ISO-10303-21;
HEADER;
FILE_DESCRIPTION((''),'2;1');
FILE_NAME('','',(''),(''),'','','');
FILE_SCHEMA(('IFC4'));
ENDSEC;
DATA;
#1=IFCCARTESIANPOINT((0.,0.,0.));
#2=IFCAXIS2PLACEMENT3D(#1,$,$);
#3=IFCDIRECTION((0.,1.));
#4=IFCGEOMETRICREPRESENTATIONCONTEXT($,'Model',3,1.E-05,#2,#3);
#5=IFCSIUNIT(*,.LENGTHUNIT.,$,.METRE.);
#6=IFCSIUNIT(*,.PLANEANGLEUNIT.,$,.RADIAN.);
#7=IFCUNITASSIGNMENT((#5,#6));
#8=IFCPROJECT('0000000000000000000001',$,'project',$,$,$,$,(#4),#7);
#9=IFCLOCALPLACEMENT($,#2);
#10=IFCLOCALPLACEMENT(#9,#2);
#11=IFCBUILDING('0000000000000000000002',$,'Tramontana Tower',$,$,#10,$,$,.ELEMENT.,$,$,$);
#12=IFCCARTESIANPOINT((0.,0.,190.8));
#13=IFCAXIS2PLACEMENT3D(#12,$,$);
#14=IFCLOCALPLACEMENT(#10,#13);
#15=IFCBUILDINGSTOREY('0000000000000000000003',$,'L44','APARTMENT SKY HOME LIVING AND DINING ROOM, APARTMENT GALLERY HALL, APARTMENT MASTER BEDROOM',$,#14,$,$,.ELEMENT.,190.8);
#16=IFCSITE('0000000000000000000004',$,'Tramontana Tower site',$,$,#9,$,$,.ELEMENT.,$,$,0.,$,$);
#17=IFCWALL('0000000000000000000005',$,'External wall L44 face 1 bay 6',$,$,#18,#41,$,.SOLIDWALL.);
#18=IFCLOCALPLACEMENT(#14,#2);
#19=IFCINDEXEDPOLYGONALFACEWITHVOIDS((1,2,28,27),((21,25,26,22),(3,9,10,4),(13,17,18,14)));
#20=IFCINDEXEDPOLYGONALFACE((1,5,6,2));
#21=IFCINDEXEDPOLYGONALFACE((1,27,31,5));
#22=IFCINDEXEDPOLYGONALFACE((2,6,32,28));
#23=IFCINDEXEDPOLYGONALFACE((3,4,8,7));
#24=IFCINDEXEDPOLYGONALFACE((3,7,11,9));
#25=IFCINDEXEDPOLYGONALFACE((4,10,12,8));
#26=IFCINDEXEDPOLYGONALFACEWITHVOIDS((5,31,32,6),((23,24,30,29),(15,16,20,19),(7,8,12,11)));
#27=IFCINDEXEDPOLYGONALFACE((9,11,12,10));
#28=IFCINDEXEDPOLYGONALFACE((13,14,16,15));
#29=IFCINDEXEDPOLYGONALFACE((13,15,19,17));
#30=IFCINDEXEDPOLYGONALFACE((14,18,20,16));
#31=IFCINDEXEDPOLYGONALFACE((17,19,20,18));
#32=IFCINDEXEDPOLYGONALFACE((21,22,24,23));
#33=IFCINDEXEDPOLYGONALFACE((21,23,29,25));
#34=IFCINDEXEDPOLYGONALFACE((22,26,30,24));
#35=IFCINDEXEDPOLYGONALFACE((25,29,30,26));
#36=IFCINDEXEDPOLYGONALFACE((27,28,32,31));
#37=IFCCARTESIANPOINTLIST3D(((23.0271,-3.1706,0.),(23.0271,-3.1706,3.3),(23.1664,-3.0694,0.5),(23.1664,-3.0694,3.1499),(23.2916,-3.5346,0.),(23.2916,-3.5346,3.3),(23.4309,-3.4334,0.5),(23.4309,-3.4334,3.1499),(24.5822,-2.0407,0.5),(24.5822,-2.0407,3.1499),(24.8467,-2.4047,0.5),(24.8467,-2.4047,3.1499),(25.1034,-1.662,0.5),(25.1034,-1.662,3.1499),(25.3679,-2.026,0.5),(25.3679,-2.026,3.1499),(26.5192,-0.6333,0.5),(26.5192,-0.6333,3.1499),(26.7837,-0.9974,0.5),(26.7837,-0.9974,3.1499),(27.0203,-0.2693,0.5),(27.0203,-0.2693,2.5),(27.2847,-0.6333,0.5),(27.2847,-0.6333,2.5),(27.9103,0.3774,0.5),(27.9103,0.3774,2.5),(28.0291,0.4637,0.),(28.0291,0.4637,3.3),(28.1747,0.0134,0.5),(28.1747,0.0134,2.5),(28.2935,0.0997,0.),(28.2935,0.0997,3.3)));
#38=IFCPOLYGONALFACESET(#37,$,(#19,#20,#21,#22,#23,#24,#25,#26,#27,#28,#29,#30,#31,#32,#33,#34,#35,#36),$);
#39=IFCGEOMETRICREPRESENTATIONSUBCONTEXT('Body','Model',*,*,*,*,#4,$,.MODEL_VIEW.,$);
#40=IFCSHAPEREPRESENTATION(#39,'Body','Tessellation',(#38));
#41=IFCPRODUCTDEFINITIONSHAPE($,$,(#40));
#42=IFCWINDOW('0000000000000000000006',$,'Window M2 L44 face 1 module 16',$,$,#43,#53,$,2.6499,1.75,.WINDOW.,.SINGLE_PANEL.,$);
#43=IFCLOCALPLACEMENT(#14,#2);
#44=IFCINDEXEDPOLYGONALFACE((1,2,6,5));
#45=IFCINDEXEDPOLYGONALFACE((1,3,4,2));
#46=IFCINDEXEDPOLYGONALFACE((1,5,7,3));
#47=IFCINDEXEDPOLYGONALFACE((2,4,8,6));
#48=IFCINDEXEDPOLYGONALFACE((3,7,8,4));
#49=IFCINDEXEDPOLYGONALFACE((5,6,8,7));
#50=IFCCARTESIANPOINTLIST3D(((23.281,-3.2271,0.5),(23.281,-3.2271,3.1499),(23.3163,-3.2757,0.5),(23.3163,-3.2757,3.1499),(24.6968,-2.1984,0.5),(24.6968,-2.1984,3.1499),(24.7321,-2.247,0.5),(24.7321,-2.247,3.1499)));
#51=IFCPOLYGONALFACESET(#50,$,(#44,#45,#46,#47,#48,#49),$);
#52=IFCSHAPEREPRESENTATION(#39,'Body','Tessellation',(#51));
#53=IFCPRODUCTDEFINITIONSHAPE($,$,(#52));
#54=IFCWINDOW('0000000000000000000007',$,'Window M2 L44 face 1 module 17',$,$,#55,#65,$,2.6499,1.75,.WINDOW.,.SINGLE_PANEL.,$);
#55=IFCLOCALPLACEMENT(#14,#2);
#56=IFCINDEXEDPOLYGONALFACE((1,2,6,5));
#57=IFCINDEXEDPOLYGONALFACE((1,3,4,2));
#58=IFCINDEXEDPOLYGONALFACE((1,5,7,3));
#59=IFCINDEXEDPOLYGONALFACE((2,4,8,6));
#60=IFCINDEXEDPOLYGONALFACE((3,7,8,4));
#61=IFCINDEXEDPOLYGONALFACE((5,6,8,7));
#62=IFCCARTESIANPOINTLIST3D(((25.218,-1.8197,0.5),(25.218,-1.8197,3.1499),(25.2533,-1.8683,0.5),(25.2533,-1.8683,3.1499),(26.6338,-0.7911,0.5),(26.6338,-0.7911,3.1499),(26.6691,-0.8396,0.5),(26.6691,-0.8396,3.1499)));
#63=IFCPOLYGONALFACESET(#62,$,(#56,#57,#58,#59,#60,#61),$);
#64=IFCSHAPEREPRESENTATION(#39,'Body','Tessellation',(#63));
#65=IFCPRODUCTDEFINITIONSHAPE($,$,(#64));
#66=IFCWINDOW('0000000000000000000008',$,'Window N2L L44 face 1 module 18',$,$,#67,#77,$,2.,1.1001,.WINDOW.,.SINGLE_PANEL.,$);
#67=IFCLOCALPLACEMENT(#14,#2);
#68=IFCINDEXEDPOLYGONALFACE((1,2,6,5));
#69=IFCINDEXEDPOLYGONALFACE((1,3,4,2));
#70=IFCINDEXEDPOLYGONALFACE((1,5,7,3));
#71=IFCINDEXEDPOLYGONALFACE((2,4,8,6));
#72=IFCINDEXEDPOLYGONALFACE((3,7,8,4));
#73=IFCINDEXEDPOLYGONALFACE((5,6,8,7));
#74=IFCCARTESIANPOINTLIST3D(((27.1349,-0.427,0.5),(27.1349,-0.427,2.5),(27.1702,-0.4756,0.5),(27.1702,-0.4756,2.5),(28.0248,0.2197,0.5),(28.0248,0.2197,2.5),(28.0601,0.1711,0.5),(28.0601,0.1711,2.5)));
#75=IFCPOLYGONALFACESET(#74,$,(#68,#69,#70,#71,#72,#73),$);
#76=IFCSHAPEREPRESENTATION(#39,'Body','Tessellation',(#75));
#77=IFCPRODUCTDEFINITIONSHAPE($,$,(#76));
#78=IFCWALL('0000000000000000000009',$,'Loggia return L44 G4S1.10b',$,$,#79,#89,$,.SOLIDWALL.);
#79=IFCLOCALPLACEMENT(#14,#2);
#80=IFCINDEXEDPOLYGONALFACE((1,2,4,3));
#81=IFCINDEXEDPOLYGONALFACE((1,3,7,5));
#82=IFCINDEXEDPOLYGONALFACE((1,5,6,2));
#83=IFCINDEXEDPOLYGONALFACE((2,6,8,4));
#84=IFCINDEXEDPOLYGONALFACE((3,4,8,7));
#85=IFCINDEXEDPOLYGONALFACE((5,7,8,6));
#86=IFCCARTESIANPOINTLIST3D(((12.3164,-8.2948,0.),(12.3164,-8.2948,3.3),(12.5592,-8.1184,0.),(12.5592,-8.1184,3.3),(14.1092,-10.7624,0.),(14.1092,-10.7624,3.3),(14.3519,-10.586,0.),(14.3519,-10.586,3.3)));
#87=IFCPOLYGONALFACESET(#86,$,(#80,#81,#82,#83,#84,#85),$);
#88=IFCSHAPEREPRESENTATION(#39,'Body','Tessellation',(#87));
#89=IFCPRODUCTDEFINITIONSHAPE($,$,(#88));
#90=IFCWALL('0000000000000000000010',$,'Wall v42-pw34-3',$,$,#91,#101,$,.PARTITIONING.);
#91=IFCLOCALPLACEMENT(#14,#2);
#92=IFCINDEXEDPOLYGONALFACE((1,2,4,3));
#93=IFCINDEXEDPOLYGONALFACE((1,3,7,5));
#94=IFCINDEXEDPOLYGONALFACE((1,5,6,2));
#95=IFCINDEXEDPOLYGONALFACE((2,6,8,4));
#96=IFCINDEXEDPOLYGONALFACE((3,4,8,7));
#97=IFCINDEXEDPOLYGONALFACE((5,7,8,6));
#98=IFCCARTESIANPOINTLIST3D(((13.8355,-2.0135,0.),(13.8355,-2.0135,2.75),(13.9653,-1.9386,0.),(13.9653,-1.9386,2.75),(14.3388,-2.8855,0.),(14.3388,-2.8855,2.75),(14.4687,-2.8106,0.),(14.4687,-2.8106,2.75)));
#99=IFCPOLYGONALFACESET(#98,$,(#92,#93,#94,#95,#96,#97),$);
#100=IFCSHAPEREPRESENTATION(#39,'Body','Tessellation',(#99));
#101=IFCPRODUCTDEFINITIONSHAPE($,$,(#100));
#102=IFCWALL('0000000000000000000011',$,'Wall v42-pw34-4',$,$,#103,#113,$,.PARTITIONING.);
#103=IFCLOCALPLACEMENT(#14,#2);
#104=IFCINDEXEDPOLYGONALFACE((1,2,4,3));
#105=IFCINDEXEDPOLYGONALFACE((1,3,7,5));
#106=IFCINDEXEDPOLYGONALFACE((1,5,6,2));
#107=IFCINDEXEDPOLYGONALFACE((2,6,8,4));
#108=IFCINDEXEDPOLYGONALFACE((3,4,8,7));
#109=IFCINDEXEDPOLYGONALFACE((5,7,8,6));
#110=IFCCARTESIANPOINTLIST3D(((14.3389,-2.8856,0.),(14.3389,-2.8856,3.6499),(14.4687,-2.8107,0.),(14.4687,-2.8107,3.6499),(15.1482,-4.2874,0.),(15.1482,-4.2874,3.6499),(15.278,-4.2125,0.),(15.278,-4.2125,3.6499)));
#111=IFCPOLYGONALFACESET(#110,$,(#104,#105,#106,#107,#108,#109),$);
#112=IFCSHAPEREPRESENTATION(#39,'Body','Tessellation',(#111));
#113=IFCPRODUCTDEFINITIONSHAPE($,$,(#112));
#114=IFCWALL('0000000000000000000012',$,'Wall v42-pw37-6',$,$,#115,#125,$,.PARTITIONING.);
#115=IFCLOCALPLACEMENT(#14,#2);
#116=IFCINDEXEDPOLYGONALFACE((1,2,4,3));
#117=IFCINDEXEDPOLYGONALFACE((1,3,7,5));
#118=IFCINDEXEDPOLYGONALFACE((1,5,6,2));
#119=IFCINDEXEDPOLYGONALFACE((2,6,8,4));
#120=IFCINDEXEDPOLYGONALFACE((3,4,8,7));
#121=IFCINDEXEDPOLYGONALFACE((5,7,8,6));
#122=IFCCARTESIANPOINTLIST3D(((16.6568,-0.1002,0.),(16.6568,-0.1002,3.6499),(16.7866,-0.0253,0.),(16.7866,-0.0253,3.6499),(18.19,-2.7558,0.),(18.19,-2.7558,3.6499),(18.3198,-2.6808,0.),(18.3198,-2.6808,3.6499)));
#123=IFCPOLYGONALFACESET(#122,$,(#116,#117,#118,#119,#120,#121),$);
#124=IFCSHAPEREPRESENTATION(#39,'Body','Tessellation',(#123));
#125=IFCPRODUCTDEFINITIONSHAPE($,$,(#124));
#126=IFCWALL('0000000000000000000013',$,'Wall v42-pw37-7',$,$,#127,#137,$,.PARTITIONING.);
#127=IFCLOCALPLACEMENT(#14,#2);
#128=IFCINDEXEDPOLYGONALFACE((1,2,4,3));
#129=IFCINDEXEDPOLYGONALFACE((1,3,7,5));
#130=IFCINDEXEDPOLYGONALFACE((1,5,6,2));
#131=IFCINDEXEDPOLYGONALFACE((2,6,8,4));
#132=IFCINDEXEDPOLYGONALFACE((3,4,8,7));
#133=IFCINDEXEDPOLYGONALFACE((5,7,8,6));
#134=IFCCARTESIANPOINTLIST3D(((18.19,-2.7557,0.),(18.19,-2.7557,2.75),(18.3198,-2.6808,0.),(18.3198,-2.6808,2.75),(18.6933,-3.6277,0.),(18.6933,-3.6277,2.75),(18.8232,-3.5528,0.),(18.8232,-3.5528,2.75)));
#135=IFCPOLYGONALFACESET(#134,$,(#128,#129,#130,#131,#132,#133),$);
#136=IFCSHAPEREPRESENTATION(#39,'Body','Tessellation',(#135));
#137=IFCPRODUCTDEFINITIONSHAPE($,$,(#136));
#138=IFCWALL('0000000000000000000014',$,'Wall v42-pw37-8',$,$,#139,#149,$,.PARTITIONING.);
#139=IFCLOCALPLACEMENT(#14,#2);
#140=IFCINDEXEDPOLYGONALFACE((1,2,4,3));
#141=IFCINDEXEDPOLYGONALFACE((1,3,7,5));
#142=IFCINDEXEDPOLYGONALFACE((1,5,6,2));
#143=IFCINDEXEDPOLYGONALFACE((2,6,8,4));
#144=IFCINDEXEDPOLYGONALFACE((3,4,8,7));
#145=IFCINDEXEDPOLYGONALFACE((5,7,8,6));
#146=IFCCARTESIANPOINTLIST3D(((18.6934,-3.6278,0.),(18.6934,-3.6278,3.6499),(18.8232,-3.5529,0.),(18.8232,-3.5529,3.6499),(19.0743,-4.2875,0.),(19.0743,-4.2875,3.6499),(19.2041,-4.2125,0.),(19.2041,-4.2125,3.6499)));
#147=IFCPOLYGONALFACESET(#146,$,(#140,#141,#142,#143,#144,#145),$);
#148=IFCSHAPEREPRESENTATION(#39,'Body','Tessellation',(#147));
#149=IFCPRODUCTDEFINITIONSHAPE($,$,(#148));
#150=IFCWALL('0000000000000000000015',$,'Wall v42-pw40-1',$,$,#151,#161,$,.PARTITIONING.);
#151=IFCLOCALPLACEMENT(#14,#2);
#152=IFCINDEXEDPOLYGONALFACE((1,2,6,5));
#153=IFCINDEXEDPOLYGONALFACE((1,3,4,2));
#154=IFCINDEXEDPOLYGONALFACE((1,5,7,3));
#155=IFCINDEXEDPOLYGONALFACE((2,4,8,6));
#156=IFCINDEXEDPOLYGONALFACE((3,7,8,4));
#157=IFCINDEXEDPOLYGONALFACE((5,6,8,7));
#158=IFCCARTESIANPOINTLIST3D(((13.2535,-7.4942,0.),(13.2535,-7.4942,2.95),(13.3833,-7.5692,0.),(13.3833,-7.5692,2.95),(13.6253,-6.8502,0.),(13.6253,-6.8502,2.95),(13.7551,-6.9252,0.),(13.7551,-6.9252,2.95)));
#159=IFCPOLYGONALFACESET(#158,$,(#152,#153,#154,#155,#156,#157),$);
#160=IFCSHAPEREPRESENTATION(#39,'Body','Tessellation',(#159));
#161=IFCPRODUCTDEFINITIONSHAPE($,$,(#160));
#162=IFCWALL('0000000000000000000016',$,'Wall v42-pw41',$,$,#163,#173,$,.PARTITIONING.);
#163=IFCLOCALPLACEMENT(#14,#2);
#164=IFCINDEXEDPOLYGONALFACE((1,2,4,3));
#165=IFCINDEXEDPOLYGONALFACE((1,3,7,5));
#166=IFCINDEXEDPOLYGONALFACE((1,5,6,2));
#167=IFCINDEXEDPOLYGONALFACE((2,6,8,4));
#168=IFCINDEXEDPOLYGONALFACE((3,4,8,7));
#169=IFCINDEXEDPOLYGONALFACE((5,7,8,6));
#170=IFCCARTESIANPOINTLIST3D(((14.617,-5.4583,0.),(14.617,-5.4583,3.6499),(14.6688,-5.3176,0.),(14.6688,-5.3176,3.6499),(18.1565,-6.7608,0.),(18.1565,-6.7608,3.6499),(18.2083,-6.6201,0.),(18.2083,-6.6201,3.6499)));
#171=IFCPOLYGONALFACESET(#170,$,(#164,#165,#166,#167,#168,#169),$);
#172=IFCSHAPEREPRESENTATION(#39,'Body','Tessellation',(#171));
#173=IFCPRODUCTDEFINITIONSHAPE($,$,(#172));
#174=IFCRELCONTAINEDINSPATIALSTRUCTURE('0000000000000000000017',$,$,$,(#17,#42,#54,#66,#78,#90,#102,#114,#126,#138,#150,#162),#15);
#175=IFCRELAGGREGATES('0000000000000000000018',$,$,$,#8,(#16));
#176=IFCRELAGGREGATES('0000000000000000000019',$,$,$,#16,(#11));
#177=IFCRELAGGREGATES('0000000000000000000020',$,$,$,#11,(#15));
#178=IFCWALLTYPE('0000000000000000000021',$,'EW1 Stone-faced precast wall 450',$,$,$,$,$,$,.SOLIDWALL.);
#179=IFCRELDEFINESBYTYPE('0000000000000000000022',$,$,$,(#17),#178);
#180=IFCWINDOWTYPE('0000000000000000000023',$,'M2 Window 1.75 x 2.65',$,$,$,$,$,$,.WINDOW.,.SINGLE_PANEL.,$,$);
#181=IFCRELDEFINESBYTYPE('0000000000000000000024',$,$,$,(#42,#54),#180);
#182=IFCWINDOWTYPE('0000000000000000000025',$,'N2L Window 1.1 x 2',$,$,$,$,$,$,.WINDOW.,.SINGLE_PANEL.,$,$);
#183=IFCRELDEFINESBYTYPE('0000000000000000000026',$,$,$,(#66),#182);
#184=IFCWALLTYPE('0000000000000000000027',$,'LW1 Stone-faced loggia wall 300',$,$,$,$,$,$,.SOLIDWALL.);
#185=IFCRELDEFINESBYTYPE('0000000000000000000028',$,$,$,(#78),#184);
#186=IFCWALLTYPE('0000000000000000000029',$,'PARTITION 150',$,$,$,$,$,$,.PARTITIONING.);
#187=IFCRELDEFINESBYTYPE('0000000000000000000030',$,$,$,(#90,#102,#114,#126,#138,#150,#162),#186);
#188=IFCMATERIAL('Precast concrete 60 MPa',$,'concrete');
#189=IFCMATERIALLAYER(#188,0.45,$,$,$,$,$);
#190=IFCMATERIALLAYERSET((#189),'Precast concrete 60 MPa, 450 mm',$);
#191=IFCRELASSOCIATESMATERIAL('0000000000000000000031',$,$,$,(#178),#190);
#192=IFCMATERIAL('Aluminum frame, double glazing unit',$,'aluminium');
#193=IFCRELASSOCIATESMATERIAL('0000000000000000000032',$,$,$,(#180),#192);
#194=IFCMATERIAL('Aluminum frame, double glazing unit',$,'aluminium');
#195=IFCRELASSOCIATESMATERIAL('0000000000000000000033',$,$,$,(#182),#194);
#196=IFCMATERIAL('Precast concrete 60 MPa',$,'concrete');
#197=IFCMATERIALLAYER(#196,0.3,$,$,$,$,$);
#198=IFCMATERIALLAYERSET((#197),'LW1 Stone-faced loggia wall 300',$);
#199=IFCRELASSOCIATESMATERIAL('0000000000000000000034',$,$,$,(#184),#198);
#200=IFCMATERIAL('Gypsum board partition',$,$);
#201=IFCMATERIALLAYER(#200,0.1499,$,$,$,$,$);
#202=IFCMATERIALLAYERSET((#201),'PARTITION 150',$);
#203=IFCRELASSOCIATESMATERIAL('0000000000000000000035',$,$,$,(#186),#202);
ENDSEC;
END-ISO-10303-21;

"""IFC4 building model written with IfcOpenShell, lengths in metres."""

from ifc_helpers import new_model, si_unit, direction, frame, frame_2d, origin, place, context, subcontext, project, spatial, rectangle, extrude, material, layer, layer_set, type_object, element, fill, save


model = new_model("IFC4")

# Units and contexts
model_context = context("Model", 3, precision=1e-05, world=origin(), true_north=direction((0.0, 1.0)))
body_context = subcontext(model_context, "Body", "Model", "MODEL_VIEW")
ifc_project = project(units=[si_unit("LENGTHUNIT", "METRE"), si_unit("PLANEANGLEUNIT", "RADIAN")], contexts=[model_context])

# Site, building, storey
site_placement = place(None, origin())
site = spatial("IfcSite", under=ifc_project, at=site_placement, Name="Tramontana Tower site", CompositionType="ELEMENT", RefElevation=0.0)
building_placement = place(site_placement, origin())
building = spatial("IfcBuilding", under=site, at=building_placement, Name="Tramontana Tower", CompositionType="ELEMENT")
storey_placement = place(building_placement, frame((0.0, 0.0, 190.8)))
storey = spatial("IfcBuildingStorey", under=building, at=storey_placement, Name="L44", Description="APARTMENT SKY HOME LIVING AND DINING ROOM, APARTMENT GALLERY HALL, APARTMENT MASTER BEDROOM", CompositionType="ELEMENT", Elevation=190.8)

# Shared definitions
ifc_material_1 = material(Name="Precast concrete 60 MPa", Category="concrete")
ifc_layer_1 = layer(ifc_material_1, 0.45)
ifc_layer_set_1 = layer_set([ifc_layer_1], Name="Precast concrete 60 MPa, 450 mm")
wall_type_1 = type_object("IfcWallType", Name="EW1 Stone-faced precast wall 450", PredefinedType="SOLIDWALL", material=ifc_layer_set_1)
ifc_material_2 = material(Name="Aluminum frame, double glazing unit", Category="aluminium")
window_type_1 = type_object("IfcWindowType", Name="M2 Window 1.75 x 2.65", PartitioningType="SINGLE_PANEL", PredefinedType="WINDOW", material=ifc_material_2)

# Wall, openings, windows
wall_1_placement = place(storey_placement, frame((23.1594, -3.3525, 0.0), z_axis=(0.0, 0.0, 1.0), x_axis=(0.809006, 0.587801, 0.0)))
wall_1 = element("IfcWall", 1, at=wall_1_placement, inside=storey, type_object=wall_type_1, Name="External wall L44 face 1 bay 6", PredefinedType="SOLIDWALL", context=body_context, shape_type="SweptSolid", body=[
    extrude(rectangle(XDim=6.1829, YDim=0.45, at=frame_2d((3.0913, 0.0))), origin(), (0.0, 0.0, 1.0), 3.3),
])
opening_1_placement = place(wall_1_placement, frame((0.1721, 0.0, 0.5)))
opening_1 = element("IfcOpeningElement", 2, at=opening_1_placement, cuts=wall_1, PredefinedType="OPENING", context=body_context, shape_type="SweptSolid", body=[
    extrude(rectangle(XDim=1.75, YDim=2.6499, at=frame_2d((0.875, 1.325))), frame((0.0, 0.2349, 0.0), z_axis=(0.0, -1.0, 0.0), x_axis=(1.0, 0.0, 0.0)), (0.0, 0.0, 1.0), 0.47),
])
opening_2_placement = place(wall_1_placement, frame((2.5664, 0.0, 0.5)))
opening_2 = element("IfcOpeningElement", 3, at=opening_2_placement, cuts=wall_1, PredefinedType="OPENING", context=body_context, shape_type="SweptSolid", body=[
    extrude(rectangle(XDim=1.75, YDim=2.6499, at=frame_2d((0.875, 1.325))), frame((0.0, 0.2349, 0.0), z_axis=(0.0, -1.0, 0.0), x_axis=(1.0, 0.0, 0.0)), (0.0, 0.0, 1.0), 0.47),
])
opening_3_placement = place(wall_1_placement, frame((4.9358, 0.0, 0.5)))
opening_3 = element("IfcOpeningElement", 4, at=opening_3_placement, cuts=wall_1, PredefinedType="OPENING", context=body_context, shape_type="SweptSolid", body=[
    extrude(rectangle(XDim=1.1001, YDim=2.0, at=frame_2d((0.55, 1.0))), frame((0.0, 0.2349, 0.0), z_axis=(0.0, -1.0, 0.0), x_axis=(1.0, 0.0, 0.0)), (0.0, 0.0, 1.0), 0.47),
])
window_1_placement = place(opening_1_placement, origin())
window_1 = element("IfcWindow", 5, at=window_1_placement, inside=storey, type_object=window_type_1, Name="Window M2 L44 face 1 module 16", OverallHeight=2.6499, OverallWidth=1.75, PartitioningType="SINGLE_PANEL", PredefinedType="WINDOW", context=body_context, shape_type="SweptSolid", body=[
    extrude(rectangle(XDim=1.75, YDim=2.6499, at=frame_2d((0.875, 1.325))), frame((0.0, 0.03, 0.0), z_axis=(0.0, -1.0, 0.0), x_axis=(1.0, 0.0, 0.0)), (0.0, 0.0, 1.0), 0.0601),
])
fill(opening_1, window_1)
window_2_placement = place(opening_2_placement, origin())
window_2 = element("IfcWindow", 6, at=window_2_placement, inside=storey, type_object=window_type_1, Name="Window M2 L44 face 1 module 17", OverallHeight=2.6499, OverallWidth=1.75, PartitioningType="SINGLE_PANEL", PredefinedType="WINDOW", context=body_context, shape_type="SweptSolid", body=[
    extrude(rectangle(XDim=1.75, YDim=2.6499, at=frame_2d((0.875, 1.325))), frame((0.0, 0.03, 0.0), z_axis=(0.0, -1.0, 0.0), x_axis=(1.0, 0.0, 0.0)), (0.0, 0.0, 1.0), 0.0601),
])
fill(opening_2, window_2)
ifc_material_3 = material(Name="Aluminum frame, double glazing unit", Category="aluminium")
window_type_2 = type_object("IfcWindowType", Name="N2L Window 1.1 x 2", PartitioningType="SINGLE_PANEL", PredefinedType="WINDOW", material=ifc_material_3)
window_3_placement = place(opening_3_placement, origin())
window_3 = element("IfcWindow", 7, at=window_3_placement, inside=storey, type_object=window_type_2, Name="Window N2L L44 face 1 module 18", OverallHeight=2.0, OverallWidth=1.1001, PartitioningType="SINGLE_PANEL", PredefinedType="WINDOW", context=body_context, shape_type="SweptSolid", body=[
    extrude(rectangle(XDim=1.1001, YDim=2.0, at=frame_2d((0.55, 1.0))), frame((0.0, 0.03, 0.0), z_axis=(0.0, -1.0, 0.0), x_axis=(1.0, 0.0, 0.0)), (0.0, 0.0, 1.0), 0.0601),
])
fill(opening_3, window_3)

# Walls
ifc_material_4 = material(Name="Precast concrete 60 MPa", Category="concrete")
ifc_layer_2 = layer(ifc_material_4, 0.3)
ifc_layer_set_2 = layer_set([ifc_layer_2], Name="LW1 Stone-faced loggia wall 300")
wall_type_2 = type_object("IfcWallType", Name="LW1 Stone-faced loggia wall 300", PredefinedType="SOLIDWALL", material=ifc_layer_set_2)
wall_2_placement = place(storey_placement, frame((14.2305, -10.6741, 0.0), z_axis=(0.0, 0.0, 1.0), x_axis=(-0.587777, 0.809023, 0.0)))
element("IfcWall", 8, at=wall_2_placement, inside=storey, type_object=wall_type_2, Name="Loggia return L44 G4S1.10b", PredefinedType="SOLIDWALL", context=body_context, shape_type="SweptSolid", body=[
    extrude(rectangle(XDim=3.05, YDim=0.3, at=frame_2d((1.5249, 0.0))), origin(), (0.0, 0.0, 1.0), 3.3),
])
ifc_material_5 = material(Name="Gypsum board partition")
ifc_layer_3 = layer(ifc_material_5, 0.1499)
ifc_layer_set_3 = layer_set([ifc_layer_3], Name="PARTITION 150")
wall_type_3 = type_object("IfcWallType", Name="PARTITION 150", PredefinedType="PARTITIONING", material=ifc_layer_set_3)
wall_3_placement = place(storey_placement, frame((13.9004, -1.9761, 0.0), z_axis=(0.0, 0.0, 1.0), x_axis=(0.499946, -0.866056, 0.0)))
element("IfcWall", 9, at=wall_3_placement, inside=storey, type_object=wall_type_3, Name="Wall v42-pw34-3", PredefinedType="PARTITIONING", context=body_context, shape_type="SweptSolid", body=[
    extrude(rectangle(XDim=1.0068, YDim=0.1499, at=frame_2d((0.5034, 0.0))), origin(), (0.0, 0.0, 1.0), 2.75),
])
wall_4_placement = place(storey_placement, frame((14.4038, -2.8481, 0.0), z_axis=(0.0, 0.0, 1.0), x_axis=(0.499984, -0.866035, 0.0)))
element("IfcWall", 10, at=wall_4_placement, inside=storey, type_object=wall_type_3, Name="Wall v42-pw34-4", PredefinedType="PARTITIONING", context=body_context, shape_type="SweptSolid", body=[
    extrude(rectangle(XDim=1.6187, YDim=0.1499, at=frame_2d((0.8093, 0.0))), origin(), (0.0, 0.0, 1.0), 3.6499),
])
wall_5_placement = place(storey_placement, frame((16.7217, -0.0627, 0.0), z_axis=(0.0, 0.0, 1.0), x_axis=(0.50001, -0.86602, 0.0)))
element("IfcWall", 11, at=wall_5_placement, inside=storey, type_object=wall_type_3, Name="Wall v42-pw37-6", PredefinedType="PARTITIONING", context=body_context, shape_type="SweptSolid", body=[
    extrude(rectangle(XDim=3.0664, YDim=0.1499, at=frame_2d((1.5332, 0.0))), origin(), (0.0, 0.0, 1.0), 3.6499),
])
wall_6_placement = place(storey_placement, frame((18.2549, -2.7183, 0.0), z_axis=(0.0, 0.0, 1.0), x_axis=(0.499946, -0.866056, 0.0)))
element("IfcWall", 12, at=wall_6_placement, inside=storey, type_object=wall_type_3, Name="Wall v42-pw37-7", PredefinedType="PARTITIONING", context=body_context, shape_type="SweptSolid", body=[
    extrude(rectangle(XDim=1.0068, YDim=0.1499, at=frame_2d((0.5034, 0.0))), origin(), (0.0, 0.0, 1.0), 2.75),
])
wall_7_placement = place(storey_placement, frame((18.7583, -3.5903, 0.0), z_axis=(0.0, 0.0, 1.0), x_axis=(0.5, -0.866025, 0.0)))
element("IfcWall", 13, at=wall_7_placement, inside=storey, type_object=wall_type_3, Name="Wall v42-pw37-8", PredefinedType="PARTITIONING", context=body_context, shape_type="SweptSolid", body=[
    extrude(rectangle(XDim=0.7617, YDim=0.1499, at=frame_2d((0.3809, 0.0))), origin(), (0.0, 0.0, 1.0), 3.6499),
])

# Walls
wall_8_placement = place(storey_placement, frame((13.6902, -6.8877, 0.0), z_axis=(0.0, 0.0, 1.0), x_axis=(-0.499988, -0.866033, 0.0)))
element("IfcWall", 14, at=wall_8_placement, inside=storey, type_object=wall_type_3, Name="Wall v42-pw40-1", PredefinedType="PARTITIONING", context=body_context, shape_type="SweptSolid", body=[
    extrude(rectangle(XDim=0.7437, YDim=0.1499, at=frame_2d((0.3718, 0.0))), origin(), (0.0, 0.0, 1.0), 2.95),
])
wall_9_placement = place(storey_placement, frame((18.1824, -6.6904, 0.0), z_axis=(0.0, 0.0, 1.0), x_axis=(-0.938477, 0.345342, 0.0)))
element("IfcWall", 15, at=wall_9_placement, inside=storey, type_object=wall_type_3, Name="Wall v42-pw41", PredefinedType="PARTITIONING", context=body_context, shape_type="SweptSolid", body=[
    extrude(rectangle(XDim=3.7715, YDim=0.1499, at=frame_2d((1.8857, 0.0))), origin(), (0.0, 0.0, 1.0), 3.6499),
])

save(model, "model.ifc")
